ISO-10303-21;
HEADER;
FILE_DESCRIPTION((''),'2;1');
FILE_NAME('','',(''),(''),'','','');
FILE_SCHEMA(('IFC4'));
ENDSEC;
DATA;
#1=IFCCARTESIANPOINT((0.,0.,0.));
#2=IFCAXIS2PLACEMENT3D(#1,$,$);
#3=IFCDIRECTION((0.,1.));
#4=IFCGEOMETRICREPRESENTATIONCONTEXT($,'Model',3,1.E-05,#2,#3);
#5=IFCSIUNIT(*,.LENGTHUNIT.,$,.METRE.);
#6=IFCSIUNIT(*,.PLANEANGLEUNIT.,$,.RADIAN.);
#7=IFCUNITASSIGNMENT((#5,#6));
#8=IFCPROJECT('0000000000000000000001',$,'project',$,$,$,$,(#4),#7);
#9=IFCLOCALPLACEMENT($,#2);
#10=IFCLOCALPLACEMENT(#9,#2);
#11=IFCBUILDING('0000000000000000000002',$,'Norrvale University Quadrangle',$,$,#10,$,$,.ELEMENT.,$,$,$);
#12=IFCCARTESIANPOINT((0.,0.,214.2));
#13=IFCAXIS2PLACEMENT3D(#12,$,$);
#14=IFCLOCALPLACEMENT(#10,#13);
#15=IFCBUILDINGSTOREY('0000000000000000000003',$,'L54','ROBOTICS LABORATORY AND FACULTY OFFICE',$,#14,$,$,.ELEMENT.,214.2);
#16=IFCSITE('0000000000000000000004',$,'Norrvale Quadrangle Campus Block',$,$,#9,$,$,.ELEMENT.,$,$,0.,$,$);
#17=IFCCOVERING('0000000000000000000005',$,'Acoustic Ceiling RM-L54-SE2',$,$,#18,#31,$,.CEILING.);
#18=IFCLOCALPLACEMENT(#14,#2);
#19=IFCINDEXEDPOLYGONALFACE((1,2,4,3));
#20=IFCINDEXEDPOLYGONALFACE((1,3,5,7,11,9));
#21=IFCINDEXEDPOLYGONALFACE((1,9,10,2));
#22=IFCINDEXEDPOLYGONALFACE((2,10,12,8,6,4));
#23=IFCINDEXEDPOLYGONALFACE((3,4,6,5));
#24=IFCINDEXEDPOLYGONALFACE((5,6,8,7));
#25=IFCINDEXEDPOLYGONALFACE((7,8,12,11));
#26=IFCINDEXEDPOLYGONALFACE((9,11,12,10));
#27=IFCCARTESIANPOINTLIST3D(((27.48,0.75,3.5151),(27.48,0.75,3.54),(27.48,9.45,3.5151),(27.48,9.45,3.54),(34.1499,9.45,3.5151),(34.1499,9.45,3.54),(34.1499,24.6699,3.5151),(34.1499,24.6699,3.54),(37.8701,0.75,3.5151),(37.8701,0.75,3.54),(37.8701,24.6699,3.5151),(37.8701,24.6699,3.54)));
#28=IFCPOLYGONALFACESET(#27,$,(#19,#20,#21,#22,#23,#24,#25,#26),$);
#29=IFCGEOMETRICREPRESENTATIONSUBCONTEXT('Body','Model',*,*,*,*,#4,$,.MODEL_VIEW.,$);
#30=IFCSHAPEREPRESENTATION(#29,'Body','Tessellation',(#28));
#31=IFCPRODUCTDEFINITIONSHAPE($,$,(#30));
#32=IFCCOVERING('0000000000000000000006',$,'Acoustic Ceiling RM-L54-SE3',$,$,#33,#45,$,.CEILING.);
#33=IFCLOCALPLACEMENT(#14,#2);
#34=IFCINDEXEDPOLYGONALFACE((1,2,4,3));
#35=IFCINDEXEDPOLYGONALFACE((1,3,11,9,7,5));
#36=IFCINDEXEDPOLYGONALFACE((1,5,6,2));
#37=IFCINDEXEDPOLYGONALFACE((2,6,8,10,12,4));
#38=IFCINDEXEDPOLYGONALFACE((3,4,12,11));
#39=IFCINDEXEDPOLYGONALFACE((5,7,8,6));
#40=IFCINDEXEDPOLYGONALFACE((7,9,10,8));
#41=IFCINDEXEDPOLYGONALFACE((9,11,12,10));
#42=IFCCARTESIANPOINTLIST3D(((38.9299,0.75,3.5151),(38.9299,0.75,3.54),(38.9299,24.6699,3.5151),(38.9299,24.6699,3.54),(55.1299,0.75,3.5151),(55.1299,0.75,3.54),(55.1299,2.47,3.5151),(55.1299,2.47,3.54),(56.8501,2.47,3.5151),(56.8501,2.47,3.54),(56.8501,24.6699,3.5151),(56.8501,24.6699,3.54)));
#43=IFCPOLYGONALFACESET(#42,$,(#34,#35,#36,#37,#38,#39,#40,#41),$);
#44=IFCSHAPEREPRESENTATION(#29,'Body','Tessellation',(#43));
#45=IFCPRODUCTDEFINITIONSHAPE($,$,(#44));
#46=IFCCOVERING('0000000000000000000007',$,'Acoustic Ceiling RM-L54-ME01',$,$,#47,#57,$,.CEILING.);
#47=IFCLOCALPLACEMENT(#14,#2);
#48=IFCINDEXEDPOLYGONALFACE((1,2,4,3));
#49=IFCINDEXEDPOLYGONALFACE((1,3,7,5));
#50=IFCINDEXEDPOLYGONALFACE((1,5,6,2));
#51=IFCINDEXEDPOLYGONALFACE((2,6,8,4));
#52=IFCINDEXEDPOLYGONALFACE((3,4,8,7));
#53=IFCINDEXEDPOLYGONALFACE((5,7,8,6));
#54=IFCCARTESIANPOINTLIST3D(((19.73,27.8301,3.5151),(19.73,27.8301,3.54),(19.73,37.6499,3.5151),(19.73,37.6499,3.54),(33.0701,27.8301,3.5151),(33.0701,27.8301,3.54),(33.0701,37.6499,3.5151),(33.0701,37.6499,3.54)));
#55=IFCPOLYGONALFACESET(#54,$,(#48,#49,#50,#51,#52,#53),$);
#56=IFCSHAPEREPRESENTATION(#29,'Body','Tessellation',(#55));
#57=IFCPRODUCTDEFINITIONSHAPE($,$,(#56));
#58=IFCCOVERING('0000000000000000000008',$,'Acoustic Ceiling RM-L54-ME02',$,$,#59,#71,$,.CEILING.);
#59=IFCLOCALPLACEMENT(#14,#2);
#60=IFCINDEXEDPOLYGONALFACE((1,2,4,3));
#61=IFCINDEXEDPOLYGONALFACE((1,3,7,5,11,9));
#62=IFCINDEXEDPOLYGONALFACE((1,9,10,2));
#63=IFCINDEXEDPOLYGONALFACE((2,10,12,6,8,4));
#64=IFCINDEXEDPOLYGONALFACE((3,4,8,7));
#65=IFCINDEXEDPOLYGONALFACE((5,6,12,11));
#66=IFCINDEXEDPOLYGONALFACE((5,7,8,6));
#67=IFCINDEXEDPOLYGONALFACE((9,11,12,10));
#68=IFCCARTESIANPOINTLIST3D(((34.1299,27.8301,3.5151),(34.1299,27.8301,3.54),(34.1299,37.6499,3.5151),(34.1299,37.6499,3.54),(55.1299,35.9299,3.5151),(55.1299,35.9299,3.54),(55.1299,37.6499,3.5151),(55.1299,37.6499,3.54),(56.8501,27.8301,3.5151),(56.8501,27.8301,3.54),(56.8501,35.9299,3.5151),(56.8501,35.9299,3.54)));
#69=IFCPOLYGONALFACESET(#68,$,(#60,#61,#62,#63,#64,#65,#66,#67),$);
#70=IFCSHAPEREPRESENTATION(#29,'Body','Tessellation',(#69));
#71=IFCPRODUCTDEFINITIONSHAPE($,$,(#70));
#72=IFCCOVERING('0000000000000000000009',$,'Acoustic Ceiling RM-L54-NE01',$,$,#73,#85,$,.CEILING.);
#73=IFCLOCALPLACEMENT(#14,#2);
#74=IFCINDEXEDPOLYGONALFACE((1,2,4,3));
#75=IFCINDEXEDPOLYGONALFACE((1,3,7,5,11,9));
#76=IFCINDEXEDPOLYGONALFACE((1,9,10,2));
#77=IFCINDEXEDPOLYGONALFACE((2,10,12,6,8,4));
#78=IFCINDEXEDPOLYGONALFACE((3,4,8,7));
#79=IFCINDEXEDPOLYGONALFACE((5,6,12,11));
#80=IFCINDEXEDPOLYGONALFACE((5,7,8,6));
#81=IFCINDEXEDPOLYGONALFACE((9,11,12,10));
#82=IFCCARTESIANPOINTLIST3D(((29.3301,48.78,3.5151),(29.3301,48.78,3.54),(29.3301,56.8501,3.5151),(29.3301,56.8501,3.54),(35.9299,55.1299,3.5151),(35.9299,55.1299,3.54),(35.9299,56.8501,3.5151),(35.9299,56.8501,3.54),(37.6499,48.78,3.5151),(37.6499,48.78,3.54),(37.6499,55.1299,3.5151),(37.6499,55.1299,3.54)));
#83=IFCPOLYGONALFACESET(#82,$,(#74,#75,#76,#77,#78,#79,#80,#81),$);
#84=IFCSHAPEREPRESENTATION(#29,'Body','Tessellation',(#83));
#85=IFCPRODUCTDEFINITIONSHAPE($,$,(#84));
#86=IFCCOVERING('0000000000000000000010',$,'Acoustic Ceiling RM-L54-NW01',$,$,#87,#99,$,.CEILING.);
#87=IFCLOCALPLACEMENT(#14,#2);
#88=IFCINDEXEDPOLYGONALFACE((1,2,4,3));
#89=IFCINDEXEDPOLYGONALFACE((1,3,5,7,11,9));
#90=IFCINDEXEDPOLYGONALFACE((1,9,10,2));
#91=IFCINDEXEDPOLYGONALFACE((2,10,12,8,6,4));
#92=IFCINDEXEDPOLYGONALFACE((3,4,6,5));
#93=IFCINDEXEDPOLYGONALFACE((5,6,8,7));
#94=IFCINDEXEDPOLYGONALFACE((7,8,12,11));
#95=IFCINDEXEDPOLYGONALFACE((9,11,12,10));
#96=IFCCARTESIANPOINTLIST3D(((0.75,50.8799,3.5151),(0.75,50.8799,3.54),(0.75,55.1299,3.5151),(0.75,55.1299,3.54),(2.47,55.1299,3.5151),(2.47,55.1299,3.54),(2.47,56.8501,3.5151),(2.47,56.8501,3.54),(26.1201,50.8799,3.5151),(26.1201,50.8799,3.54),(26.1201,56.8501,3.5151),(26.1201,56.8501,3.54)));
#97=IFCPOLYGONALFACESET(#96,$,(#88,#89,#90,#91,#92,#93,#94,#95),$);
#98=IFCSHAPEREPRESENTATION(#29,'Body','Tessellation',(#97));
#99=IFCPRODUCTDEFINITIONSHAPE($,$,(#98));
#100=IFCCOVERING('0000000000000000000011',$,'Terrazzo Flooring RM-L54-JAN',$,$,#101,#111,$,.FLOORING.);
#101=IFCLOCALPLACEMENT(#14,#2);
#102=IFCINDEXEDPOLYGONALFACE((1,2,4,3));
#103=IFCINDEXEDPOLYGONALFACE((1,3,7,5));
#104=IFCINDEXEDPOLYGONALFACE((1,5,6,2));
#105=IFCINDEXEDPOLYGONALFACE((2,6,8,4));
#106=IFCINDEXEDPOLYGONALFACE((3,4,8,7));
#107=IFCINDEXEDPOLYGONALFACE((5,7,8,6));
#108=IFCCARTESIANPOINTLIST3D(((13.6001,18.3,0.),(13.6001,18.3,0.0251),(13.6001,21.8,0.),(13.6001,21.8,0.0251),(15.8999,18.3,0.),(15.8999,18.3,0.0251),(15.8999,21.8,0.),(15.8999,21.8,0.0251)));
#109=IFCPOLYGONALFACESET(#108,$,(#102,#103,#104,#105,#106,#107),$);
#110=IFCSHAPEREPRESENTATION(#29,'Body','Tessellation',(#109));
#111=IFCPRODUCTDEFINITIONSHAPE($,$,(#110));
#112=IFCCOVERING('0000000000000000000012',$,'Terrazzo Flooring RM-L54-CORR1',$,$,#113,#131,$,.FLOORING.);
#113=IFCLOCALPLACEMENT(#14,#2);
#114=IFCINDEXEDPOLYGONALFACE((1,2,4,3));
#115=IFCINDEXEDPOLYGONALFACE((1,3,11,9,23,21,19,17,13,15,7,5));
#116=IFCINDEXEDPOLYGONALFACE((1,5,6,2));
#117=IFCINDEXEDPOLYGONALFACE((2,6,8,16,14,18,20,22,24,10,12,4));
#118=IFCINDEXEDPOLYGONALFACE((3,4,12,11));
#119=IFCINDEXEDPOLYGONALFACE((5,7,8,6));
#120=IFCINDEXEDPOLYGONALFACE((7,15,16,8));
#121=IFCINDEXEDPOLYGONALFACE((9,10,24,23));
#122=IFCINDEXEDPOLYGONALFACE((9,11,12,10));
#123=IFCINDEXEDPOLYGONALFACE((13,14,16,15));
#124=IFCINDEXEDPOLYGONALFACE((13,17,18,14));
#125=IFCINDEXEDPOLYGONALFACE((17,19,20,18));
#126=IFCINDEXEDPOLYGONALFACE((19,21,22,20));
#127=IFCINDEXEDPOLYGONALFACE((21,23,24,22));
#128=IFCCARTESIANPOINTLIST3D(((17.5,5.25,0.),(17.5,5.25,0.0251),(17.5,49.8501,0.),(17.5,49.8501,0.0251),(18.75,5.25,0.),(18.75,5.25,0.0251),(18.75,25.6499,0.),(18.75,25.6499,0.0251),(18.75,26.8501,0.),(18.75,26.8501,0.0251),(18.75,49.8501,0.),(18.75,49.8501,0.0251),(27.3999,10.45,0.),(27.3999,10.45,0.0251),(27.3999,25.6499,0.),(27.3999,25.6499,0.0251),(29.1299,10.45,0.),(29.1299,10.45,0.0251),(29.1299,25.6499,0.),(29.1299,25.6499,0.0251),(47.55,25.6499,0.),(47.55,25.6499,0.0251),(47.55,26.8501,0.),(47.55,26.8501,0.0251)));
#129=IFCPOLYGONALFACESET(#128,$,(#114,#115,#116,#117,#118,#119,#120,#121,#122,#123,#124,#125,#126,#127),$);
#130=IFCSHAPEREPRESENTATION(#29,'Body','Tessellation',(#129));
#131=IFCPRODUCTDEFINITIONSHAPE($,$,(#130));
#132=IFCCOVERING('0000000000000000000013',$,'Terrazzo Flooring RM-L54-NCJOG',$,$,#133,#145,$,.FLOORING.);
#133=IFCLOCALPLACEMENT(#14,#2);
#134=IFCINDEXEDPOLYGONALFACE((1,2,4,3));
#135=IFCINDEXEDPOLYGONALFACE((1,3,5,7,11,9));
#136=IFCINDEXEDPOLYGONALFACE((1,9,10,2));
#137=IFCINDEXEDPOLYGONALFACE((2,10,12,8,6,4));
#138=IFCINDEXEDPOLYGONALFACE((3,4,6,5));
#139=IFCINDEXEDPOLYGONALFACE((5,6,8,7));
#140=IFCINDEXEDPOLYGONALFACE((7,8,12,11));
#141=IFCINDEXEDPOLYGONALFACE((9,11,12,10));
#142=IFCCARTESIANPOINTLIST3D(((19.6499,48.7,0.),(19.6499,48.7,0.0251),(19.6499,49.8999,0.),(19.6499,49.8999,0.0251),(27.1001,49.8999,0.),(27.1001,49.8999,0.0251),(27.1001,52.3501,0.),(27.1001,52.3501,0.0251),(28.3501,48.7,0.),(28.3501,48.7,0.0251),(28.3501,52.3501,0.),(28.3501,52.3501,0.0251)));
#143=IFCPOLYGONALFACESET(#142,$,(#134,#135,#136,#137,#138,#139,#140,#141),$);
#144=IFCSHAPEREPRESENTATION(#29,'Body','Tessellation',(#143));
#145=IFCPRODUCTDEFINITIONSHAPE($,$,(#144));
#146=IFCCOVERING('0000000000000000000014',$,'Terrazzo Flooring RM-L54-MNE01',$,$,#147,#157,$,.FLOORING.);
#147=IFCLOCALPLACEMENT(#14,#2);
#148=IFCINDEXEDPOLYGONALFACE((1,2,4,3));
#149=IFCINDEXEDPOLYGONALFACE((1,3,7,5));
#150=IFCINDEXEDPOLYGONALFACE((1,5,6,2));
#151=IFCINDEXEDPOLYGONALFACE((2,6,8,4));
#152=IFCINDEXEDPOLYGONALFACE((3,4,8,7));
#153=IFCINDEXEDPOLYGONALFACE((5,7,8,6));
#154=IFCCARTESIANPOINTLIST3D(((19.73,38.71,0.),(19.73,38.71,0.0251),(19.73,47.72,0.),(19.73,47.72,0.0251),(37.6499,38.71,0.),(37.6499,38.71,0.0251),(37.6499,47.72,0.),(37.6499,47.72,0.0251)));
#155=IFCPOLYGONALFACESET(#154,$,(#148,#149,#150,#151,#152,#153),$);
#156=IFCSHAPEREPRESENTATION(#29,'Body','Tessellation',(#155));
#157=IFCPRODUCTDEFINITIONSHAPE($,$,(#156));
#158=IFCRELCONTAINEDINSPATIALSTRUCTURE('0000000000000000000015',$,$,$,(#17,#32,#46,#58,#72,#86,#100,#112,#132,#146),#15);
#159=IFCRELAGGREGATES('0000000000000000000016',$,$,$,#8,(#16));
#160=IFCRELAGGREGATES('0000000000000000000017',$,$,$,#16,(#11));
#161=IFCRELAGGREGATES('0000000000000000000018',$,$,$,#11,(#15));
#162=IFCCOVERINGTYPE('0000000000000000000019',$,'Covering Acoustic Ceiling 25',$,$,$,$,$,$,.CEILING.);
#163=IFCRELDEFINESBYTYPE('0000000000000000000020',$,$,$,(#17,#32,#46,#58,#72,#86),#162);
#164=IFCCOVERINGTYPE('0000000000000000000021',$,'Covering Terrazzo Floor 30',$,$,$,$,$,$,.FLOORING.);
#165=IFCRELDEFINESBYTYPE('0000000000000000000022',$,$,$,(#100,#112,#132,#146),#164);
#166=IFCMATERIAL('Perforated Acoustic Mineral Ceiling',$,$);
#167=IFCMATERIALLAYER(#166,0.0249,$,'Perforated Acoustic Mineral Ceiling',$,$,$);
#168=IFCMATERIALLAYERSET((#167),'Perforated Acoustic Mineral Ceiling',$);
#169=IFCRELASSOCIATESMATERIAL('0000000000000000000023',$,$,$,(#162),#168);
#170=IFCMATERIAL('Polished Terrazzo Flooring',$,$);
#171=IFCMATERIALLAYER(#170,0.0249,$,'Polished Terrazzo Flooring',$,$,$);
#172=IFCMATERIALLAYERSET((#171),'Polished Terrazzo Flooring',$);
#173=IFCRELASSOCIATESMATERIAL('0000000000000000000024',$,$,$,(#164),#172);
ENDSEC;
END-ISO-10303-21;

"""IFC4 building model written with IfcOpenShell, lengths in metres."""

from ifc_helpers import new_model, si_unit, direction, frame, origin, place, context, subcontext, project, spatial, polyline, outline, extrude, material, layer, layer_set, type_object, element, save


model = new_model("IFC4")

# Units and contexts
model_context = context("Model", 3, precision=1e-05, world=origin(), true_north=direction((0.0, 1.0)))
body_context = subcontext(model_context, "Body", "Model", "MODEL_VIEW")
ifc_project = project(units=[si_unit("LENGTHUNIT", "METRE"), si_unit("PLANEANGLEUNIT", "RADIAN")], contexts=[model_context])

# Site, building, storey
site_placement = place(None, origin())
site = spatial("IfcSite", under=ifc_project, at=site_placement, Name="Norrvale Quadrangle Campus Block", CompositionType="ELEMENT", RefElevation=0.0)
building_placement = place(site_placement, origin())
building = spatial("IfcBuilding", under=site, at=building_placement, Name="Norrvale University Quadrangle", CompositionType="ELEMENT")
storey_placement = place(building_placement, frame((0.0, 0.0, 214.2)))
storey = spatial("IfcBuildingStorey", under=building, at=storey_placement, Name="L54", Description="ROBOTICS LABORATORY AND FACULTY OFFICE", CompositionType="ELEMENT", Elevation=214.2)

# Coverings
ifc_material_1 = material(Name="Perforated Acoustic Mineral Ceiling")
ifc_layer_1 = layer(ifc_material_1, 0.0249, Name="Perforated Acoustic Mineral Ceiling")
ifc_layer_set_1 = layer_set([ifc_layer_1], Name="Perforated Acoustic Mineral Ceiling")
covering_type_1 = type_object("IfcCoveringType", Name="Covering Acoustic Ceiling 25", PredefinedType="CEILING", material=ifc_layer_set_1)
covering_1_placement = place(storey_placement, frame((0.0, 0.0, 3.5151)))
element("IfcCovering", 1, at=covering_1_placement, inside=storey, type_object=covering_type_1, Name="Acoustic Ceiling RM-L54-SE2", PredefinedType="CEILING", context=body_context, shape_type="SweptSolid", body=[
    extrude(outline(polyline([(27.48, 9.45), (34.1499, 9.45), (34.1499, 24.6699), (37.8701, 24.6699), (37.8701, 0.75), (27.48, 0.75), (27.48, 9.45)])), origin(), (0.0, 0.0, 1.0), 0.0249),
])
covering_2_placement = place(storey_placement, frame((0.0, 0.0, 3.5151)))
element("IfcCovering", 2, at=covering_2_placement, inside=storey, type_object=covering_type_1, Name="Acoustic Ceiling RM-L54-SE3", PredefinedType="CEILING", context=body_context, shape_type="SweptSolid", body=[
    extrude(outline(polyline([(38.9299, 0.75), (38.9299, 24.6699), (56.8501, 24.6699), (56.8501, 2.47), (55.1299, 2.47), (55.1299, 0.75), (38.9299, 0.75)])), origin(), (0.0, 0.0, 1.0), 0.0249),
])
covering_3_placement = place(storey_placement, frame((0.0, 0.0, 3.5151)))
element("IfcCovering", 3, at=covering_3_placement, inside=storey, type_object=covering_type_1, Name="Acoustic Ceiling RM-L54-ME01", PredefinedType="CEILING", context=body_context, shape_type="SweptSolid", body=[
    extrude(outline(polyline([(19.73, 37.6499), (33.0701, 37.6499), (33.0701, 27.8301), (19.73, 27.8301), (19.73, 37.6499)])), origin(), (0.0, 0.0, 1.0), 0.0249),
])
covering_4_placement = place(storey_placement, frame((0.0, 0.0, 3.5151)))
element("IfcCovering", 4, at=covering_4_placement, inside=storey, type_object=covering_type_1, Name="Acoustic Ceiling RM-L54-ME02", PredefinedType="CEILING", context=body_context, shape_type="SweptSolid", body=[
    extrude(outline(polyline([(56.8501, 27.8301), (34.1299, 27.8301), (34.1299, 37.6499), (55.1299, 37.6499), (55.1299, 35.9299), (56.8501, 35.9299), (56.8501, 27.8301)])), origin(), (0.0, 0.0, 1.0), 0.0249),
])
covering_5_placement = place(storey_placement, frame((0.0, 0.0, 3.5151)))
element("IfcCovering", 5, at=covering_5_placement, inside=storey, type_object=covering_type_1, Name="Acoustic Ceiling RM-L54-NE01", PredefinedType="CEILING", context=body_context, shape_type="SweptSolid", body=[
    extrude(outline(polyline([(37.6499, 48.78), (29.3301, 48.78), (29.3301, 56.8501), (35.9299, 56.8501), (35.9299, 55.1299), (37.6499, 55.1299), (37.6499, 48.78)])), origin(), (0.0, 0.0, 1.0), 0.0249),
])
covering_6_placement = place(storey_placement, frame((0.0, 0.0, 3.5151)))
element("IfcCovering", 6, at=covering_6_placement, inside=storey, type_object=covering_type_1, Name="Acoustic Ceiling RM-L54-NW01", PredefinedType="CEILING", context=body_context, shape_type="SweptSolid", body=[
    extrude(outline(polyline([(26.1201, 56.8501), (26.1201, 50.8799), (0.75, 50.8799), (0.75, 55.1299), (2.47, 55.1299), (2.47, 56.8501), (26.1201, 56.8501)])), origin(), (0.0, 0.0, 1.0), 0.0249),
])
ifc_material_2 = material(Name="Polished Terrazzo Flooring")
ifc_layer_2 = layer(ifc_material_2, 0.0249, Name="Polished Terrazzo Flooring")
ifc_layer_set_2 = layer_set([ifc_layer_2], Name="Polished Terrazzo Flooring")
covering_type_2 = type_object("IfcCoveringType", Name="Covering Terrazzo Floor 30", PredefinedType="FLOORING", material=ifc_layer_set_2)
covering_7_placement = place(storey_placement, origin())
element("IfcCovering", 7, at=covering_7_placement, inside=storey, type_object=covering_type_2, Name="Terrazzo Flooring RM-L54-JAN", PredefinedType="FLOORING", context=body_context, shape_type="SweptSolid", body=[
    extrude(outline(polyline([(13.6001, 18.3), (13.6001, 21.8), (15.8999, 21.8), (15.8999, 18.3), (13.6001, 18.3)])), origin(), (0.0, 0.0, 1.0), 0.0251),
])
covering_8_placement = place(storey_placement, origin())
element("IfcCovering", 8, at=covering_8_placement, inside=storey, type_object=covering_type_2, Name="Terrazzo Flooring RM-L54-CORR1", PredefinedType="FLOORING", context=body_context, shape_type="SweptSolid", body=[
    extrude(outline(polyline([(17.5, 5.25), (17.5, 49.8501), (18.75, 49.8501), (18.75, 26.8501), (47.55, 26.8501), (47.55, 25.6499), (29.1299, 25.6499), (29.1299, 10.45), (27.3999, 10.45), (27.3999, 25.6499), (18.75, 25.6499), (18.75, 5.25), (17.5, 5.25)])), origin(), (0.0, 0.0, 1.0), 0.0251),
])
covering_9_placement = place(storey_placement, origin())
element("IfcCovering", 9, at=covering_9_placement, inside=storey, type_object=covering_type_2, Name="Terrazzo Flooring RM-L54-NCJOG", PredefinedType="FLOORING", context=body_context, shape_type="SweptSolid", body=[
    extrude(outline(polyline([(19.6499, 48.7), (19.6499, 49.8999), (27.1001, 49.8999), (27.1001, 52.3501), (28.3501, 52.3501), (28.3501, 48.7), (19.6499, 48.7)])), origin(), (0.0, 0.0, 1.0), 0.0251),
])
covering_10_placement = place(storey_placement, origin())
element("IfcCovering", 10, at=covering_10_placement, inside=storey, type_object=covering_type_2, Name="Terrazzo Flooring RM-L54-MNE01", PredefinedType="FLOORING", context=body_context, shape_type="SweptSolid", body=[
    extrude(outline(polyline([(19.73, 47.72), (37.6499, 47.72), (37.6499, 38.71), (19.73, 38.71), (19.73, 47.72)])), origin(), (0.0, 0.0, 1.0), 0.0251),
])

save(model, "model.ifc")
